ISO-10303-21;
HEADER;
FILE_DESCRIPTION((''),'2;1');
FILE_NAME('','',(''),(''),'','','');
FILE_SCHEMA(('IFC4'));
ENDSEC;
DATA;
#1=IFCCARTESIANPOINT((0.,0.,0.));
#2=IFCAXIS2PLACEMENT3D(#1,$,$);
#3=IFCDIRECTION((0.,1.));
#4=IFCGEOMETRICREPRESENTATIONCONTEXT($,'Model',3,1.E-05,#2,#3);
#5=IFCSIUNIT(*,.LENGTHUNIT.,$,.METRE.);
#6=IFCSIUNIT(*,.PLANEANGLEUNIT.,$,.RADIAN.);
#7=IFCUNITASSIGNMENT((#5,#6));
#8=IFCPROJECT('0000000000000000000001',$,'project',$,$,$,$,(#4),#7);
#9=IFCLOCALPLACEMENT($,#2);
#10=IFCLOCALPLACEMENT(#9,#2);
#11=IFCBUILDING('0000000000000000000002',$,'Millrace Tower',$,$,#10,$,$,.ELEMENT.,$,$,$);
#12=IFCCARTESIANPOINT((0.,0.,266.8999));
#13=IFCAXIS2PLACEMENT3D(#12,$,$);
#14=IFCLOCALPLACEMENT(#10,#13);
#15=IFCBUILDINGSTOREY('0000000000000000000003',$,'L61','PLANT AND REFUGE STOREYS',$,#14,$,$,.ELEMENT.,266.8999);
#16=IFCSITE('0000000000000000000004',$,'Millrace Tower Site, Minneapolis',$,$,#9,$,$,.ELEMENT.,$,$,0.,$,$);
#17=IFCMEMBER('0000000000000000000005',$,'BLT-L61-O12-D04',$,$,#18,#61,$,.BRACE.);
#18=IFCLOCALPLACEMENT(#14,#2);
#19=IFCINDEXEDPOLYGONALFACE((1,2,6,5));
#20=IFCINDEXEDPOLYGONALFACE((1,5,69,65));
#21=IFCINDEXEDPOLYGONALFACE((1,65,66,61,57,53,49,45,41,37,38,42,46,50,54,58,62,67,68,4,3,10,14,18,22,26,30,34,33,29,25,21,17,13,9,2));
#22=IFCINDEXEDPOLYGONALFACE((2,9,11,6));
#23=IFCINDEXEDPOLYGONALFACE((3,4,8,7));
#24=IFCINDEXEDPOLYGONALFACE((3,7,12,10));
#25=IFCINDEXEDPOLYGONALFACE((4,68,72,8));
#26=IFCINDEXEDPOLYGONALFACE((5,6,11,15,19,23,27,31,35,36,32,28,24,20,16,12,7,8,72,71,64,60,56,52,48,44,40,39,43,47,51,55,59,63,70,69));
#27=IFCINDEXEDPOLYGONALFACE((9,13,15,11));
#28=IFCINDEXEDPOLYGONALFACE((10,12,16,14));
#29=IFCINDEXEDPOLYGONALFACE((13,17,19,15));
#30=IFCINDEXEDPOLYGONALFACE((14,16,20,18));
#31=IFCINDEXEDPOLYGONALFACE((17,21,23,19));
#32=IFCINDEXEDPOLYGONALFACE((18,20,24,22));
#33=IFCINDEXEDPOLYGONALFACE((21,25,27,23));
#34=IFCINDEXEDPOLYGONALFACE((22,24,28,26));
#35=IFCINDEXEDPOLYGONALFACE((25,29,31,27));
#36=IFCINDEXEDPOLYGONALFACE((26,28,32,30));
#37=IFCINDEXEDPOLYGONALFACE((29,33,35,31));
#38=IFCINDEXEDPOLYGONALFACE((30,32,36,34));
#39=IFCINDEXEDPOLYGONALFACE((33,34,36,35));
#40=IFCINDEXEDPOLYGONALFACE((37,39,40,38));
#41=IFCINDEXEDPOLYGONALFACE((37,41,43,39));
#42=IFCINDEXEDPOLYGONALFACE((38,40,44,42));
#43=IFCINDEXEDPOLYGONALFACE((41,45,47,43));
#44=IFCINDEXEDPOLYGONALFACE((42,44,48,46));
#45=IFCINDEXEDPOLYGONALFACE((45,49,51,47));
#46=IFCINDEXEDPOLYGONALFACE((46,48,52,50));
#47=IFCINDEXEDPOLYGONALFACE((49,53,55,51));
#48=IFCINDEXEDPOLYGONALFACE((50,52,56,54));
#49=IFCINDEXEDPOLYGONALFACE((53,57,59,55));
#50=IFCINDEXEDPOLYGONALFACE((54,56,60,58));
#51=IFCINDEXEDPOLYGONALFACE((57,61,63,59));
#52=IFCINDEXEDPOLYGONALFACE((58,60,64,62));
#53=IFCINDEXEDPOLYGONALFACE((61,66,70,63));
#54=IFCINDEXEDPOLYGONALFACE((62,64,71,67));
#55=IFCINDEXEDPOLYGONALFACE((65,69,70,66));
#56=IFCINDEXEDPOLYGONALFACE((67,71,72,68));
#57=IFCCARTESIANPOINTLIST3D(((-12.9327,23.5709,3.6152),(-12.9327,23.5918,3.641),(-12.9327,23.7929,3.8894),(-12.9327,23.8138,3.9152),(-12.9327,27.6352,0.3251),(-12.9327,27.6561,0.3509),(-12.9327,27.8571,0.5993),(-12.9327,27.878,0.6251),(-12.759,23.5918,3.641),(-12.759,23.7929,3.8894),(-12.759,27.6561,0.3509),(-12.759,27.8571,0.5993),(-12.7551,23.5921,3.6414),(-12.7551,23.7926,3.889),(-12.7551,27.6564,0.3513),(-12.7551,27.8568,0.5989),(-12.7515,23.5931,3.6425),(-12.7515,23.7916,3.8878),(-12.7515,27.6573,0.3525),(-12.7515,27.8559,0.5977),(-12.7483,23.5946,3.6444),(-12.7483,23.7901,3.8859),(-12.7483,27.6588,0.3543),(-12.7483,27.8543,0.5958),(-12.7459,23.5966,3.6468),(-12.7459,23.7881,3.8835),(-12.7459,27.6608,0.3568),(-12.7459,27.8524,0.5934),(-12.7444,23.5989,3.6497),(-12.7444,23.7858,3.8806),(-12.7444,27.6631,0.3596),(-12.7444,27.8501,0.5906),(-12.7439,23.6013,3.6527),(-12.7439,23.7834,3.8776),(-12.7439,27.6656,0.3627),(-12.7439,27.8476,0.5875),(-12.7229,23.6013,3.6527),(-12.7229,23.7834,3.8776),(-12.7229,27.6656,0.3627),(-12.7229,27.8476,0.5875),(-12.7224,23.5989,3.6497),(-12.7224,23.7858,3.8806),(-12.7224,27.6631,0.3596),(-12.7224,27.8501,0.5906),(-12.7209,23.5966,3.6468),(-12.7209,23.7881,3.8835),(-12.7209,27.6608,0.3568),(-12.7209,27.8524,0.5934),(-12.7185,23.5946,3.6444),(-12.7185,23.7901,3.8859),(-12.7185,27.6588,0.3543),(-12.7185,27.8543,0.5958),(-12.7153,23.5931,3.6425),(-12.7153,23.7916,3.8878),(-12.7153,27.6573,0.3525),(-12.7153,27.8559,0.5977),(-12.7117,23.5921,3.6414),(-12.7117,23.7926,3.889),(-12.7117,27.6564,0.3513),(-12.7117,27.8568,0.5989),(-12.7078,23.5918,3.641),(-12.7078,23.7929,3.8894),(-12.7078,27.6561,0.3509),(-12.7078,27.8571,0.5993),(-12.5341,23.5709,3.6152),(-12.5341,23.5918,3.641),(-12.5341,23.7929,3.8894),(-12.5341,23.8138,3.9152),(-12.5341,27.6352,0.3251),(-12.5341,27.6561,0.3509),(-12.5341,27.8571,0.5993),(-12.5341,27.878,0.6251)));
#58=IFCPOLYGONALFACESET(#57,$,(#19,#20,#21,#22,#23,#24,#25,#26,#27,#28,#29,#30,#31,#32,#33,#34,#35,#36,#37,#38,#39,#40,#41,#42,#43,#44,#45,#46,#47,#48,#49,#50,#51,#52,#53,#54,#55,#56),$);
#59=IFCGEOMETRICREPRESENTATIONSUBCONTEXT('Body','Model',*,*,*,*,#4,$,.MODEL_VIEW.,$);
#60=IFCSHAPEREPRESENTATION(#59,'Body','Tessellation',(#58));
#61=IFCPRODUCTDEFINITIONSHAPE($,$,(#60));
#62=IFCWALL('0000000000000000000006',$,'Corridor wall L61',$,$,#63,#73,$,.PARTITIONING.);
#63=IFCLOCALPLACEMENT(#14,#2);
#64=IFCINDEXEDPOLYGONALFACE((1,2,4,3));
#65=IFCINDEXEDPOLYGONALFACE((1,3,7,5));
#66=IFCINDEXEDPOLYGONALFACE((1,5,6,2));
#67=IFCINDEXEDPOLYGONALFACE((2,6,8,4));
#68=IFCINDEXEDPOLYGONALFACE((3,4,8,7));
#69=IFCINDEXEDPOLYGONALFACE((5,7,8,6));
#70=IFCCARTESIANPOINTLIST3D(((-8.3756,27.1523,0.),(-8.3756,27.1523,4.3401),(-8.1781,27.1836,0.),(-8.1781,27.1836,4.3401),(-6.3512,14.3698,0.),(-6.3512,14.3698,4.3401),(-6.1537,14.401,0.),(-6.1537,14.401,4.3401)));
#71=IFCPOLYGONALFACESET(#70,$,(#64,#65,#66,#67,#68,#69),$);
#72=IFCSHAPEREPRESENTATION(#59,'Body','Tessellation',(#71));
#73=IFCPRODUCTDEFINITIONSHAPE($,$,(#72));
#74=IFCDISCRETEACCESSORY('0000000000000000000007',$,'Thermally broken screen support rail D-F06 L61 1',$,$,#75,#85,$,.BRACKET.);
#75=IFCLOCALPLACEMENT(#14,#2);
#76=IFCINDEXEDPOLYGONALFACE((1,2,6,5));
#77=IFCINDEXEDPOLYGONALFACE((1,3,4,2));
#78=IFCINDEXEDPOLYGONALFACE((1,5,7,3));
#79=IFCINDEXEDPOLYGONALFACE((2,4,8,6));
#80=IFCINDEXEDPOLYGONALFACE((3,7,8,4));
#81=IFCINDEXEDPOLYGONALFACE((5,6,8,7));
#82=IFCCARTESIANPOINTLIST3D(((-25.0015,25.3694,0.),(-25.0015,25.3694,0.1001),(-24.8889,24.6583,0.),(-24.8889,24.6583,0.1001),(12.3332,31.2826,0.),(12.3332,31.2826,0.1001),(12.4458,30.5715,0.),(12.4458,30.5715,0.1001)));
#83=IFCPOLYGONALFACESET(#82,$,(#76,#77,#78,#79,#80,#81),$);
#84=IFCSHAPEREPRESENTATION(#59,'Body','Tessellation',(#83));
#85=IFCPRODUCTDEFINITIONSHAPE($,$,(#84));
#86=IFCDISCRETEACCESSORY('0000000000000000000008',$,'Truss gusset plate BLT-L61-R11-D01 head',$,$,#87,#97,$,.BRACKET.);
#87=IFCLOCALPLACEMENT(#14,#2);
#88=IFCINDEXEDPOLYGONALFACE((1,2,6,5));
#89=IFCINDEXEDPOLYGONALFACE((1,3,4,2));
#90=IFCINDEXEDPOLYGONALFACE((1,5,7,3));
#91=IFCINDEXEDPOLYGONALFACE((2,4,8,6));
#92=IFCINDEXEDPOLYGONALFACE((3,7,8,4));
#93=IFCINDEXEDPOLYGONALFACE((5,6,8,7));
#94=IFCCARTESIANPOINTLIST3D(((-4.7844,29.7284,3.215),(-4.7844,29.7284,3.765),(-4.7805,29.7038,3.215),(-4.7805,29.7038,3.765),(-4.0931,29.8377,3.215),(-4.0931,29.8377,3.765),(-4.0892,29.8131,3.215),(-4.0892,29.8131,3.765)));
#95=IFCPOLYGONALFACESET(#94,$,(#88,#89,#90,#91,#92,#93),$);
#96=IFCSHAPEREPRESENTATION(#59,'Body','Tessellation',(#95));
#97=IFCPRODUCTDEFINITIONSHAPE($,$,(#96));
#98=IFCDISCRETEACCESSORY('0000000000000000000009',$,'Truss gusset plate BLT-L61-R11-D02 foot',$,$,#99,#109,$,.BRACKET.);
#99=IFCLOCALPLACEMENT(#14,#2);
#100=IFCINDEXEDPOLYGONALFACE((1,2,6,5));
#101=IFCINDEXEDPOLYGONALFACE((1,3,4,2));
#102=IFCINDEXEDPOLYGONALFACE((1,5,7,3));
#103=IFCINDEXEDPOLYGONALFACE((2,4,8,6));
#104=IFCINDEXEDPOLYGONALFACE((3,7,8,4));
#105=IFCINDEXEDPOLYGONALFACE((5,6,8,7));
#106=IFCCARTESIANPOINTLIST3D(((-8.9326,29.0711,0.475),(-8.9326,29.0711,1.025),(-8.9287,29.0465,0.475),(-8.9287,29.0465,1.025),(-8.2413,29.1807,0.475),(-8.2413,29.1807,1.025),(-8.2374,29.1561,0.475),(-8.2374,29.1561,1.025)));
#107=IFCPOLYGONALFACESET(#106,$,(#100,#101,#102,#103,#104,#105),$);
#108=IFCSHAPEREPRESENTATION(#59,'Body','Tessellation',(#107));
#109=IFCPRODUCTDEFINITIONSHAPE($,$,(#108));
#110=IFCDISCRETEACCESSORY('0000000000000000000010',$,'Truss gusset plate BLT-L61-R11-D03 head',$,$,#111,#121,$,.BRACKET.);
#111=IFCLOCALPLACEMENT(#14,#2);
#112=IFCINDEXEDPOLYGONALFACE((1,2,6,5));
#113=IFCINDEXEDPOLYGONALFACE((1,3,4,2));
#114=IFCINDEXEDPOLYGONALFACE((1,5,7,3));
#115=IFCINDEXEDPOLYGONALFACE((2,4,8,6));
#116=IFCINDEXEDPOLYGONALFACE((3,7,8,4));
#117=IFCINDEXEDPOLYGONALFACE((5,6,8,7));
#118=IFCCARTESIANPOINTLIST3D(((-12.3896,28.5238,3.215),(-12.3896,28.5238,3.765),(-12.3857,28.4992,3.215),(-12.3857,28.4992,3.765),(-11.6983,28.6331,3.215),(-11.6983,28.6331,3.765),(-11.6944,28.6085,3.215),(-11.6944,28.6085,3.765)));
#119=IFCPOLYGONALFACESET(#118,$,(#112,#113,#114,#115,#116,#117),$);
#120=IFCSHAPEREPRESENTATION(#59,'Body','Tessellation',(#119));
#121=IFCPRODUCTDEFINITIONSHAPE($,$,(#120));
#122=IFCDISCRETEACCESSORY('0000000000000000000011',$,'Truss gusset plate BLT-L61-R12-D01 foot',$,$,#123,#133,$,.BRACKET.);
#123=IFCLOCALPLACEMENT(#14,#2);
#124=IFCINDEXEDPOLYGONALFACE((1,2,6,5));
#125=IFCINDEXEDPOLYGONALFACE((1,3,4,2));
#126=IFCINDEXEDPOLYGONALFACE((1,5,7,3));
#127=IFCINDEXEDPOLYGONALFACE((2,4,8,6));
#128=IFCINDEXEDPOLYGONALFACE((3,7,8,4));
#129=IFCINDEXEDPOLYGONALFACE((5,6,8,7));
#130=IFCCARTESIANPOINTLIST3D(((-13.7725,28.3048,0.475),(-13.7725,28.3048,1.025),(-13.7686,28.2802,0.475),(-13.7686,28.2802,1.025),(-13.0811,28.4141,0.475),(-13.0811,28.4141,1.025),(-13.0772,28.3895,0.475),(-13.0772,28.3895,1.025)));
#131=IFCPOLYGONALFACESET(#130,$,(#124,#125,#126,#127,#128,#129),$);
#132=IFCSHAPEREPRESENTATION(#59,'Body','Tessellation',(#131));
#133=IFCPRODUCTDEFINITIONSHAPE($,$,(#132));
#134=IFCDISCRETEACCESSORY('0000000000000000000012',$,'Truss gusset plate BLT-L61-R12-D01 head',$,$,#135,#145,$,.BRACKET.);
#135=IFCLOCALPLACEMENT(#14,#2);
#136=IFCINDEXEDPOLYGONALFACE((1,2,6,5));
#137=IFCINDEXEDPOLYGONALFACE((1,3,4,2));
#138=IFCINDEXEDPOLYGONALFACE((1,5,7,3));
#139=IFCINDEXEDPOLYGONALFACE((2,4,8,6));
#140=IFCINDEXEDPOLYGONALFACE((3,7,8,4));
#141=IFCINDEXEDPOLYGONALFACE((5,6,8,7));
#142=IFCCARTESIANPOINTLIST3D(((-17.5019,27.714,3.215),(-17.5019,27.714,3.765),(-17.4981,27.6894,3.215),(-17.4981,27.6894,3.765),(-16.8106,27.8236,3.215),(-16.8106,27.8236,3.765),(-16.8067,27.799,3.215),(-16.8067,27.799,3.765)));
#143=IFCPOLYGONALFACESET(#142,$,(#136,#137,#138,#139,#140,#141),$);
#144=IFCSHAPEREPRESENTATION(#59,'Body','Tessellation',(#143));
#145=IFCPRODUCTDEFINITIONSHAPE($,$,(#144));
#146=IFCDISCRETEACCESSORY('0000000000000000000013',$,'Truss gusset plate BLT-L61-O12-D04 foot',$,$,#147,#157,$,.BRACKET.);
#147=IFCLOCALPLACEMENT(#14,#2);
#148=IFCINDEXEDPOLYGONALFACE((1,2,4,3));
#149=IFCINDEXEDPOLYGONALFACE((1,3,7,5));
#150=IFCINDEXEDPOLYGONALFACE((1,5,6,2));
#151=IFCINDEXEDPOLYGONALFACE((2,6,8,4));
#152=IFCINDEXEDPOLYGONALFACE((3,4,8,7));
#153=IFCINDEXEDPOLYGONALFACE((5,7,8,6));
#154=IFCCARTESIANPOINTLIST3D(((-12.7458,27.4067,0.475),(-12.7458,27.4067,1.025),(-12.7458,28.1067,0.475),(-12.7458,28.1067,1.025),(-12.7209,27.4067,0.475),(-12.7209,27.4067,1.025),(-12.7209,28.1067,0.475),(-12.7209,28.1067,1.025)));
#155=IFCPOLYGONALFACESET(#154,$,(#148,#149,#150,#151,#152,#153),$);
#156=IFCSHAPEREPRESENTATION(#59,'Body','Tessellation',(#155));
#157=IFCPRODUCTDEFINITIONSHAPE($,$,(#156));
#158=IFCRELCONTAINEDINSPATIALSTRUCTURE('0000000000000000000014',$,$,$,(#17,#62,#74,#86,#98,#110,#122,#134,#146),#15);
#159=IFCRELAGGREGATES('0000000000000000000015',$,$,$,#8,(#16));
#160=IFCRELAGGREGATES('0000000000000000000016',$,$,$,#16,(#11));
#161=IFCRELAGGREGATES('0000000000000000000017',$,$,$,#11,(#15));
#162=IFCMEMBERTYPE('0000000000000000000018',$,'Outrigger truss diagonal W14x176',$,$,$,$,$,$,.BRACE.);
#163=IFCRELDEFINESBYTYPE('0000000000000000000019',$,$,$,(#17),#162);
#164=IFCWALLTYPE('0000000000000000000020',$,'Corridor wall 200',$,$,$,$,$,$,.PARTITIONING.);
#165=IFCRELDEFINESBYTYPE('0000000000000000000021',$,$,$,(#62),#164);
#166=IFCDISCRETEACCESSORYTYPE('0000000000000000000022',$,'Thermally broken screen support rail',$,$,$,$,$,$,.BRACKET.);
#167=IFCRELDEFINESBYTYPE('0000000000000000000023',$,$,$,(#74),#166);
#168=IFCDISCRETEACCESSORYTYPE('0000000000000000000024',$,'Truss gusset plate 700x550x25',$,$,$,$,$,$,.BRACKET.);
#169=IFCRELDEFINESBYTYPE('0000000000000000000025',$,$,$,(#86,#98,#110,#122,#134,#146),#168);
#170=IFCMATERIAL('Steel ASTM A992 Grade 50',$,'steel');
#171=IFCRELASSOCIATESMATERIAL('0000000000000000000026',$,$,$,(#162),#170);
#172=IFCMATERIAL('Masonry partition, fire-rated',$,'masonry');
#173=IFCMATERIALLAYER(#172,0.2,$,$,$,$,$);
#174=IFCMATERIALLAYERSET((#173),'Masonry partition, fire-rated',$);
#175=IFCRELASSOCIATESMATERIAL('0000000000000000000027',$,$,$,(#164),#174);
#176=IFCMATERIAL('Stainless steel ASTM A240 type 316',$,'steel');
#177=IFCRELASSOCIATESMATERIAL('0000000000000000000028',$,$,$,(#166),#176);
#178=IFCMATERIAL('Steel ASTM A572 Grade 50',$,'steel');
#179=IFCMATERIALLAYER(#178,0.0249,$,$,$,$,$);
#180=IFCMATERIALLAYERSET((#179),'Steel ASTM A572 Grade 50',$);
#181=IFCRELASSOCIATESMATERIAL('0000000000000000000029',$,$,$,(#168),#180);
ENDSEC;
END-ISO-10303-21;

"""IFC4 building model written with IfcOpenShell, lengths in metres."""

from ifc_helpers import new_model, si_unit, direction, frame, frame_2d, origin, origin_2d, place, context, subcontext, project, spatial, rectangle, i_section, extrude, material, layer, layer_set, material_profile, profile_set, type_object, element, save


model = new_model("IFC4")

# Units and contexts
model_context = context("Model", 3, precision=1e-05, world=origin(), true_north=direction((0.0, 1.0)))
body_context = subcontext(model_context, "Body", "Model", "MODEL_VIEW")
ifc_project = project(units=[si_unit("LENGTHUNIT", "METRE"), si_unit("PLANEANGLEUNIT", "RADIAN")], contexts=[model_context])

# Site, building, storey
site_placement = place(None, origin())
site = spatial("IfcSite", under=ifc_project, at=site_placement, Name="Millrace Tower Site, Minneapolis", CompositionType="ELEMENT", RefElevation=0.0)
building_placement = place(site_placement, origin())
building = spatial("IfcBuilding", under=site, at=building_placement, Name="Millrace Tower", CompositionType="ELEMENT")
storey_placement = place(building_placement, frame((0.0, 0.0, 266.8999)))
storey = spatial("IfcBuildingStorey", under=building, at=storey_placement, Name="L61", Description="PLANT AND REFUGE STOREYS", CompositionType="ELEMENT", Elevation=266.8999)

# Member
ifc_material_1 = material(Name="Steel ASTM A992 Grade 50", Category="steel")
ifc_material_profile_1 = material_profile(ifc_material_1, i_section(OverallWidth=0.3987, OverallDepth=0.386, WebThickness=0.021, FlangeThickness=0.0332, FilletRadius=0.0151, at=origin_2d()))
ifc_profile_set_1 = profile_set([ifc_material_profile_1], Name="Steel ASTM A992 Grade 50")
member_type_1 = type_object("IfcMemberType", Name="Outrigger truss diagonal W14x176", PredefinedType="BRACE", material=ifc_profile_set_1)
member_1_placement = place(storey_placement, frame((-12.7334, 27.7566, 0.4751), z_axis=(0.0, -0.777248, 0.629194), x_axis=(1.0, 0.0, 0.0)))
element("IfcMember", 1, at=member_1_placement, inside=storey, type_object=member_type_1, Name="BLT-L61-O12-D04", PredefinedType="BRACE", context=body_context, shape_type="SweptSolid", body=[
    extrude(i_section(OverallWidth=0.3987, OverallDepth=0.386, WebThickness=0.021, FlangeThickness=0.0332, FilletRadius=0.0151, at=origin_2d()), origin(), (0.0, 0.0, 1.0), 5.229),
])

# Wall
ifc_material_2 = material(Name="Masonry partition, fire-rated", Category="masonry")
ifc_layer_1 = layer(ifc_material_2, 0.2)
ifc_layer_set_1 = layer_set([ifc_layer_1], Name="Masonry partition, fire-rated")
wall_type = type_object("IfcWallType", Name="Corridor wall 200", PredefinedType="PARTITIONING", material=ifc_layer_set_1)
wall_placement = place(storey_placement, frame((-8.2769, 27.168, 0.0), z_axis=(0.0, 0.0, 1.0), x_axis=(0.156425, -0.98769, 0.0)))
element("IfcWall", 2, at=wall_placement, inside=storey, type_object=wall_type, Name="Corridor wall L61", PredefinedType="PARTITIONING", context=body_context, shape_type="SweptSolid", body=[
    extrude(rectangle(XDim=12.9419, YDim=0.2, at=frame_2d((6.4709, 0.0))), origin(), (0.0, 0.0, 1.0), 4.3401),
])

# Discrete accessories
ifc_material_3 = material(Name="Stainless steel ASTM A240 type 316", Category="steel")
discrete_accessory_type_1 = type_object("IfcDiscreteAccessoryType", Name="Thermally broken screen support rail", PredefinedType="BRACKET", material=ifc_material_3)
discrete_accessory_placement = place(storey_placement, frame((-6.2778, 27.9705, 0.0), z_axis=(0.0, 0.0, 1.0), x_axis=(-0.987688, -0.156434, 0.0)))
element("IfcDiscreteAccessory", 3, at=discrete_accessory_placement, inside=storey, type_object=discrete_accessory_type_1, Name="Thermally broken screen support rail D-F06 L61 1", PredefinedType="BRACKET", context=body_context, shape_type="SweptSolid", body=[
    extrude(rectangle(XDim=37.8, YDim=0.72, at=origin_2d()), origin(), (0.0, 0.0, 1.0), 0.1001),
])
ifc_material_4 = material(Name="Steel ASTM A572 Grade 50", Category="steel")
ifc_layer_2 = layer(ifc_material_4, 0.0249)
ifc_layer_set_2 = layer_set([ifc_layer_2], Name="Steel ASTM A572 Grade 50")
discrete_accessory_type_2 = type_object("IfcDiscreteAccessoryType", Name="Truss gusset plate 700x550x25", PredefinedType="BRACKET", material=ifc_layer_set_2)
for number, where, z_axis, x_axis, name in (
    (4, (-4.7825, 29.7161, 3.49), (0.987718, 0.156249, 0.0), (-0.156249, 0.987718, 0.0), "Truss gusset plate BLT-L61-R11-D01 head"),
    (5, (-8.9307, 29.0588, 0.75), (0.987664, 0.156589, 0.0), (-0.156589, 0.987664, 0.0), "Truss gusset plate BLT-L61-R11-D02 foot"),
    (6, (-12.3877, 28.5115, 3.49), (0.987718, 0.156249, 0.0), (-0.156249, 0.987718, 0.0), "Truss gusset plate BLT-L61-R11-D03 head"),
    (7, (-13.7705, 28.2925, 0.75), (0.987718, 0.156249, 0.0), (-0.156249, 0.987718, 0.0), "Truss gusset plate BLT-L61-R12-D01 foot"),
    (8, (-17.5, 27.7017, 3.49), (0.987664, 0.156589, 0.0), (-0.156589, 0.987664, 0.0), "Truss gusset plate BLT-L61-R12-D01 head"),
    (9, (-12.7334, 27.4067, 0.75), (0.0, 1.0, 0.0), (-1.0, 0.0, 0.0), "Truss gusset plate BLT-L61-O12-D04 foot"),
):
    element("IfcDiscreteAccessory", number, at=place(storey_placement, frame(where, z_axis=z_axis, x_axis=x_axis)), inside=storey, type_object=discrete_accessory_type_2, Name=name, PredefinedType="BRACKET", context=body_context, shape_type="SweptSolid", body=[
        extrude(rectangle(XDim=0.0249, YDim=0.55, at=origin_2d()), origin(), (0.0, 0.0, 1.0), 0.7),
    ])

save(model, "model.ifc")
